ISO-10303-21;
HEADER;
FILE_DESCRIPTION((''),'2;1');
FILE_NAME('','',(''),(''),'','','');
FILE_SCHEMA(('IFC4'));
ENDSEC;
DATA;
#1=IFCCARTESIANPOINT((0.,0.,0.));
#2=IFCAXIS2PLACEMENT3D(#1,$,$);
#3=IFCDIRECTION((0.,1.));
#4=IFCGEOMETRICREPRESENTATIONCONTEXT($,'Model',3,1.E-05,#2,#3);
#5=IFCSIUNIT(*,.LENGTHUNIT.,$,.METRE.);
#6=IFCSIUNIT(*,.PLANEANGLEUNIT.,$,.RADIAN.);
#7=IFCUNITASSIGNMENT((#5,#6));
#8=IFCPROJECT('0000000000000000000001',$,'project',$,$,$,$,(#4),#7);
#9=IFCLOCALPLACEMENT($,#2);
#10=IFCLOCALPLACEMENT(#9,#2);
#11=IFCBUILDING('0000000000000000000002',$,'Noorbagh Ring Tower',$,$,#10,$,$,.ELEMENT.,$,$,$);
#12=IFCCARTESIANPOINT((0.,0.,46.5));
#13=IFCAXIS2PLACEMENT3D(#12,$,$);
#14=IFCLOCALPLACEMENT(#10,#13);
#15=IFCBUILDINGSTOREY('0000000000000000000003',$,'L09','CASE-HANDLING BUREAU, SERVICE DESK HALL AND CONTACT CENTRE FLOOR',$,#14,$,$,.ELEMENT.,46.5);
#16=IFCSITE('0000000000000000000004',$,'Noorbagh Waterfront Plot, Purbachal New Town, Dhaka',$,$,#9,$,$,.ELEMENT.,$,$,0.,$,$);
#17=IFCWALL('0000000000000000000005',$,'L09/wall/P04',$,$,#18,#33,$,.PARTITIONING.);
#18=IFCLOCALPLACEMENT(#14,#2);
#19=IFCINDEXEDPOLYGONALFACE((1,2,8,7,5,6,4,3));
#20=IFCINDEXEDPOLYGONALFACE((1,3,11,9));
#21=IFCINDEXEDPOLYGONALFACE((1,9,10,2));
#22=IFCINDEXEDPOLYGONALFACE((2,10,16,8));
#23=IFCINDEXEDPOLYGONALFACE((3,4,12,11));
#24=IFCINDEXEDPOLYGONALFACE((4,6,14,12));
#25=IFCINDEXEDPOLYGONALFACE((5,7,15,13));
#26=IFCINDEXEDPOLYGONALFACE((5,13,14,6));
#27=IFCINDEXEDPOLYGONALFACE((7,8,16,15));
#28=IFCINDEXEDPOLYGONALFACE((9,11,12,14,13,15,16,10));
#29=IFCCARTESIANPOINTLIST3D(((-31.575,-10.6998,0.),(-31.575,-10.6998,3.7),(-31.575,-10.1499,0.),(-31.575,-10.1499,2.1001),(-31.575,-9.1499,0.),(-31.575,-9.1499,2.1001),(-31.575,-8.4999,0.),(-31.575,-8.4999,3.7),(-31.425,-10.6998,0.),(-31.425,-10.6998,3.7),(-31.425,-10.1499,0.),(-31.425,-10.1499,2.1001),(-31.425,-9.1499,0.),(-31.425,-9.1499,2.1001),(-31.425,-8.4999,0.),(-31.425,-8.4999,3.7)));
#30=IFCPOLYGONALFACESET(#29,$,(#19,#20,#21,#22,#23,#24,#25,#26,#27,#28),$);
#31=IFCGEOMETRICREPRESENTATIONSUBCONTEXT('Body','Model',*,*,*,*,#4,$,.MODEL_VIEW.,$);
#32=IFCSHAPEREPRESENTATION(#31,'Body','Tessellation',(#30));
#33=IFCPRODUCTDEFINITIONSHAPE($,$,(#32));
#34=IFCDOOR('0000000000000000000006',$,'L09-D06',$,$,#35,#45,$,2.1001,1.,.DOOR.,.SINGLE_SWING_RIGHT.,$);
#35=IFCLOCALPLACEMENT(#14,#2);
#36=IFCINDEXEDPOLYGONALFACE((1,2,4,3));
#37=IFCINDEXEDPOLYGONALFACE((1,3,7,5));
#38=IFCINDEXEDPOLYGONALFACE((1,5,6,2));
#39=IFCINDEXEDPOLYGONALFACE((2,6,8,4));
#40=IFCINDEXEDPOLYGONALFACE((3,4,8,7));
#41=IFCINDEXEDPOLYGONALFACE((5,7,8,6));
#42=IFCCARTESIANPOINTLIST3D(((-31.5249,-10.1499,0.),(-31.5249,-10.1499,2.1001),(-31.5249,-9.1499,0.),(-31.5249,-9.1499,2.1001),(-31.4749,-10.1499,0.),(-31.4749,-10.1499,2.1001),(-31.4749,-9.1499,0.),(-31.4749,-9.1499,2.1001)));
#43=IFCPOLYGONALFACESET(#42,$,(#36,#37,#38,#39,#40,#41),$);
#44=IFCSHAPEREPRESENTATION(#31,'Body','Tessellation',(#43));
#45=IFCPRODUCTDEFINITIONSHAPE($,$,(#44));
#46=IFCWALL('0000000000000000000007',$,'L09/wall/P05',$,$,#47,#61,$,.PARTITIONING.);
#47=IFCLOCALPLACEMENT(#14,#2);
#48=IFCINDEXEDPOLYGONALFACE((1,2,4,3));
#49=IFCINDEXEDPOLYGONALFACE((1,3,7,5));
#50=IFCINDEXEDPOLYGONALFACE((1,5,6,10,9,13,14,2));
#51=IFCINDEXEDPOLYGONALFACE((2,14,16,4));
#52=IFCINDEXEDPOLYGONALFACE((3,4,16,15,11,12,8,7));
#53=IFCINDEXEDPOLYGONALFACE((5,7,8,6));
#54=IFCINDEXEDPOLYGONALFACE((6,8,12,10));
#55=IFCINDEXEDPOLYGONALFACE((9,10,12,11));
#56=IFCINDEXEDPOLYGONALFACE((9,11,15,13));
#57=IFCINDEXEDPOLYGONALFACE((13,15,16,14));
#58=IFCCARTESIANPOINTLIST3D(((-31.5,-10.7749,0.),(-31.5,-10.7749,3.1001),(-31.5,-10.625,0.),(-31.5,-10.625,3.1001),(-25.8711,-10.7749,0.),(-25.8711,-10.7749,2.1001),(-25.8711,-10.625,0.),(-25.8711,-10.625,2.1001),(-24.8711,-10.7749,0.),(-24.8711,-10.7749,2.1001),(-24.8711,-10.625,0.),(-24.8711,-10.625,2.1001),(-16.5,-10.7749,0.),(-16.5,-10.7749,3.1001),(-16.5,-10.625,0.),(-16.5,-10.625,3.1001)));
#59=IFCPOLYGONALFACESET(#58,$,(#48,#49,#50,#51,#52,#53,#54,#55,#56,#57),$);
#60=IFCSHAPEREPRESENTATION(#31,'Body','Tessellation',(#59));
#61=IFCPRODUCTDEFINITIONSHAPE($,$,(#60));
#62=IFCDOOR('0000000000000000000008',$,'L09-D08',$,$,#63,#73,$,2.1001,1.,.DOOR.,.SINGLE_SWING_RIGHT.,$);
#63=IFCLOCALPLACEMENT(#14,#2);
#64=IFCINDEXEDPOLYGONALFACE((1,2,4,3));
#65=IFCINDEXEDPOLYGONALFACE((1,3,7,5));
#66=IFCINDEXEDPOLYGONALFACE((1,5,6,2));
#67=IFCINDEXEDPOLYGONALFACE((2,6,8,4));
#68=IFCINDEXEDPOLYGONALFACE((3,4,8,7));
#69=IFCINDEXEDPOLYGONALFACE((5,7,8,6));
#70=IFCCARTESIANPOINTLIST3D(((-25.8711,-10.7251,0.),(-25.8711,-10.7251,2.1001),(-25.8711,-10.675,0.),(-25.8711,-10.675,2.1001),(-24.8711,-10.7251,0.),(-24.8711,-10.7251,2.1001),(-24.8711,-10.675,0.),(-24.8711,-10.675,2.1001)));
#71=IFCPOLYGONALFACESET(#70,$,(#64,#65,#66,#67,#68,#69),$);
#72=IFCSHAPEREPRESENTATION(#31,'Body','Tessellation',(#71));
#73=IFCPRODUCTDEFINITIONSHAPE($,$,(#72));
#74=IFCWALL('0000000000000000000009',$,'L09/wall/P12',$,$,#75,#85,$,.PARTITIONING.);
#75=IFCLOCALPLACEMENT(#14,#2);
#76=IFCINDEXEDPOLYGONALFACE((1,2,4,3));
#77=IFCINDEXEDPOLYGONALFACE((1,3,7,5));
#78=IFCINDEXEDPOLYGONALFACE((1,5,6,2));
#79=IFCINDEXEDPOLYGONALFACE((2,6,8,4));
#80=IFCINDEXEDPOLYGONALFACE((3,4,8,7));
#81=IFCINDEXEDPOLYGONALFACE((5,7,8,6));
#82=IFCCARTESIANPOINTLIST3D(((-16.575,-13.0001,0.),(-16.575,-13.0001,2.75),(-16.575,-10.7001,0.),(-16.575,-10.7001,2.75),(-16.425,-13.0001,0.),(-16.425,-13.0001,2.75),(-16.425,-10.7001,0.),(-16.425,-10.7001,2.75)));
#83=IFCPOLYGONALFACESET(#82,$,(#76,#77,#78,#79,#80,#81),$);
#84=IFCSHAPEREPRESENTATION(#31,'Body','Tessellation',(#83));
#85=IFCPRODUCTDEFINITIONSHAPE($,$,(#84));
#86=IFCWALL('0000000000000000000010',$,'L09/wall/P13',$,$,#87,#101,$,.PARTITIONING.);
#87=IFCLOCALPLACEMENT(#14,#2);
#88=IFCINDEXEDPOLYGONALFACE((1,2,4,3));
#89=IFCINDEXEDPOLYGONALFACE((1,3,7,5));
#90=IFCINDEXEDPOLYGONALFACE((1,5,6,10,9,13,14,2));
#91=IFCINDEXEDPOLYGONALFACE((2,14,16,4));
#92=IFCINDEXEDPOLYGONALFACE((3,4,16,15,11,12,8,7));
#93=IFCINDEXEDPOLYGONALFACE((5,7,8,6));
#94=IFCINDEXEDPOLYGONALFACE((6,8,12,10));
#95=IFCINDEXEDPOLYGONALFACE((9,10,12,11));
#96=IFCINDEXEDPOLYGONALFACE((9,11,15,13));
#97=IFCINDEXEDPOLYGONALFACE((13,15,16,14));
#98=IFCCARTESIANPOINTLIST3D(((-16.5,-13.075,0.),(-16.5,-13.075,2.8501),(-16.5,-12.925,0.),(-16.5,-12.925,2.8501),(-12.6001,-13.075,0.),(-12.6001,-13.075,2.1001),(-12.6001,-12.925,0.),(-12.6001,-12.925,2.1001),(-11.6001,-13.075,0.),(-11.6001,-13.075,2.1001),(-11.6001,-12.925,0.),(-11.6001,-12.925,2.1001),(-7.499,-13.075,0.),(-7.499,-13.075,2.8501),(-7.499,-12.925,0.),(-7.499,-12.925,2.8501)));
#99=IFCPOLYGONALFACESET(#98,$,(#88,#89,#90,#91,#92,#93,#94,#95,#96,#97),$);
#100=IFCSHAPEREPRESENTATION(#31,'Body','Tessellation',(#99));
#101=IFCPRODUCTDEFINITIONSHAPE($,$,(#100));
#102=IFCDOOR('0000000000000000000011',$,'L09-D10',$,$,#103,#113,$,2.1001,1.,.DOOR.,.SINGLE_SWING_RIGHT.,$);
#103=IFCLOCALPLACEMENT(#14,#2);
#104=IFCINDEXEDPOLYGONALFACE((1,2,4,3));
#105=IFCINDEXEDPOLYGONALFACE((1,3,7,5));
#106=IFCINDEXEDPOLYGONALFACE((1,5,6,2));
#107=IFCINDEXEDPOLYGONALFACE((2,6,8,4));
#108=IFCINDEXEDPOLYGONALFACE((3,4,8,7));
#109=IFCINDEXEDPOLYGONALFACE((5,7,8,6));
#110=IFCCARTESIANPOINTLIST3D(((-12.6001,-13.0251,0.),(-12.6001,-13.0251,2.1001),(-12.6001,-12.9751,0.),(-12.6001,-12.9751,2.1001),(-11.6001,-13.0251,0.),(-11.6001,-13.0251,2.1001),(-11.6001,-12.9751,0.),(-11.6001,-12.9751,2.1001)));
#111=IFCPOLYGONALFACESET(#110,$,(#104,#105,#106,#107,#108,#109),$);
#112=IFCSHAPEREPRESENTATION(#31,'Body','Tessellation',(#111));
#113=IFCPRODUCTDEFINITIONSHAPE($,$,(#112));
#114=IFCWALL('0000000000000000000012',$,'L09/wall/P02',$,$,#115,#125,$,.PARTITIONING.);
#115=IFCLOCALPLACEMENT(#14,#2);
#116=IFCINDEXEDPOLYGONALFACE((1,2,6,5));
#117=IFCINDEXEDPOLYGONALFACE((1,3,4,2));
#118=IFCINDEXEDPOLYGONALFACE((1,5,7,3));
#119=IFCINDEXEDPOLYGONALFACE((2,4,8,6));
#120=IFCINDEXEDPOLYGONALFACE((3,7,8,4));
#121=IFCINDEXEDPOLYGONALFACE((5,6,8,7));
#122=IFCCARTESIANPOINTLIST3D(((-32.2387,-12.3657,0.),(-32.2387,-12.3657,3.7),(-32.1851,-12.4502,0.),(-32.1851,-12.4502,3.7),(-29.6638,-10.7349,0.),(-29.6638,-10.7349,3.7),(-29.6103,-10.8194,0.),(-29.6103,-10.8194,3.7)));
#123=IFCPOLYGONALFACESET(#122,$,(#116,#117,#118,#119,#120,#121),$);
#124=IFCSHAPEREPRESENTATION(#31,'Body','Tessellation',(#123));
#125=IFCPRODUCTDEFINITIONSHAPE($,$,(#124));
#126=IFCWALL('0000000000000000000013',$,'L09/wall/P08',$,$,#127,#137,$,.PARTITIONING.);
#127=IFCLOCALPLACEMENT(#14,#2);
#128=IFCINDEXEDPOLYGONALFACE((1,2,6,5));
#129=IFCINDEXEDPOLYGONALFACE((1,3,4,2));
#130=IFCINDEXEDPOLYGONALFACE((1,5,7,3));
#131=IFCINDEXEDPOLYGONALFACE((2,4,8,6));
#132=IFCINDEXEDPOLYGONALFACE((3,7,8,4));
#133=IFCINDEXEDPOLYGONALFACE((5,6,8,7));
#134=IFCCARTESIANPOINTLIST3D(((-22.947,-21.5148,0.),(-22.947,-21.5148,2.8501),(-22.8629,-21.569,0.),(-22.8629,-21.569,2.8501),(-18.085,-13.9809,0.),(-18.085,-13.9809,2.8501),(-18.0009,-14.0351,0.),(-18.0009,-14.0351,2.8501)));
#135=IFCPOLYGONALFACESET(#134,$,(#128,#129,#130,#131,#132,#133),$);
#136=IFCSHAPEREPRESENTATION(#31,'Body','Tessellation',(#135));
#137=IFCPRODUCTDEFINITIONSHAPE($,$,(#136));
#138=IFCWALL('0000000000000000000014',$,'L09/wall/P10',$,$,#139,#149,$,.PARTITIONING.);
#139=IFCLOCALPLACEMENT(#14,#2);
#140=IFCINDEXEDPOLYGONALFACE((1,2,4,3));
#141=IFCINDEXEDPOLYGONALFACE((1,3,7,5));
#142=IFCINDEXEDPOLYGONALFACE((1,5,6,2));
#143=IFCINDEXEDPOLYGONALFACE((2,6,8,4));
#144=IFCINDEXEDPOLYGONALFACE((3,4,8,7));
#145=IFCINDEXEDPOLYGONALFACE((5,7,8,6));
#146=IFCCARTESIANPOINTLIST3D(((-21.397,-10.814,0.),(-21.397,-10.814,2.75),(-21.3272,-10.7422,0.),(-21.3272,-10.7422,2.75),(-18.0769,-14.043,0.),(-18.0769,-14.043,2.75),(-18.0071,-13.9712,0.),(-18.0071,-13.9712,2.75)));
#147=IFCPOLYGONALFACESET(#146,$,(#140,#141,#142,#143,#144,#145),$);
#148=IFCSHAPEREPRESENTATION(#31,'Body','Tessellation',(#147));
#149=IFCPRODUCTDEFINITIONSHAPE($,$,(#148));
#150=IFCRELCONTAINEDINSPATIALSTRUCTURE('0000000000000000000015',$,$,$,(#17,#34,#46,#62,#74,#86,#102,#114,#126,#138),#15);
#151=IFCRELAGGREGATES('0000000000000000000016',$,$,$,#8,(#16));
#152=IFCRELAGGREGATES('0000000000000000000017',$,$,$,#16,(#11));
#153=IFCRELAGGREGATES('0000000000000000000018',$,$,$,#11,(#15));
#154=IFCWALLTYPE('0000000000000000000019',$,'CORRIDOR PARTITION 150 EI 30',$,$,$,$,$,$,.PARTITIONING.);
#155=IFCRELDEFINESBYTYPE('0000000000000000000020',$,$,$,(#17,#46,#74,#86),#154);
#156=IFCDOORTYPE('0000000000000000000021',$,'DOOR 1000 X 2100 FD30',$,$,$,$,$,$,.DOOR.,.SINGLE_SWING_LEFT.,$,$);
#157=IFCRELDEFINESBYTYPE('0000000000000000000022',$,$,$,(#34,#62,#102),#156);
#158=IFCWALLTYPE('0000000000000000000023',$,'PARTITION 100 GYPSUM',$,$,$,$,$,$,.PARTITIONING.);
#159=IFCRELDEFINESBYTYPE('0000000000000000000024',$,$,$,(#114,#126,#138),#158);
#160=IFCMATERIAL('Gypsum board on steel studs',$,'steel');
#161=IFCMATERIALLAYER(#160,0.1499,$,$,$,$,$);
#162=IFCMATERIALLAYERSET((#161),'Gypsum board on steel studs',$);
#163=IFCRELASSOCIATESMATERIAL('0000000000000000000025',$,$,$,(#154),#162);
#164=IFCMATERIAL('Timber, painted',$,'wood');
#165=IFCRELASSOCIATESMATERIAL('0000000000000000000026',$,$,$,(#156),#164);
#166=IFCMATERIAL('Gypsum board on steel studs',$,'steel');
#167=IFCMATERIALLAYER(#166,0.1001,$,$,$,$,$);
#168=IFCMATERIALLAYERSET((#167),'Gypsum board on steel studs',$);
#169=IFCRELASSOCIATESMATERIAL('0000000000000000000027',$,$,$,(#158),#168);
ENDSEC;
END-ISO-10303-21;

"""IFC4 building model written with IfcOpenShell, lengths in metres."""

from ifc_helpers import new_model, si_unit, direction, frame, frame_2d, origin, place, context, subcontext, project, spatial, rectangle, extrude, material, layer, layer_set, type_object, element, fill, save


model = new_model("IFC4")

# Units and contexts
model_context = context("Model", 3, precision=1e-05, world=origin(), true_north=direction((0.0, 1.0)))
body_context = subcontext(model_context, "Body", "Model", "MODEL_VIEW")
ifc_project = project(units=[si_unit("LENGTHUNIT", "METRE"), si_unit("PLANEANGLEUNIT", "RADIAN")], contexts=[model_context])

# Site, building, storey
site_placement = place(None, origin())
site = spatial("IfcSite", under=ifc_project, at=site_placement, Name="Noorbagh Waterfront Plot, Purbachal New Town, Dhaka", CompositionType="ELEMENT", RefElevation=0.0)
building_placement = place(site_placement, origin())
building = spatial("IfcBuilding", under=site, at=building_placement, Name="Noorbagh Ring Tower", CompositionType="ELEMENT")
storey_placement = place(building_placement, frame((0.0, 0.0, 46.5)))
storey = spatial("IfcBuildingStorey", under=building, at=storey_placement, Name="L09", Description="CASE-HANDLING BUREAU, SERVICE DESK HALL AND CONTACT CENTRE FLOOR", CompositionType="ELEMENT", Elevation=46.5)

# Walls, openings, doors
ifc_material_1 = material(Name="Gypsum board on steel studs", Category="steel")
ifc_layer_1 = layer(ifc_material_1, 0.1499)
ifc_layer_set_1 = layer_set([ifc_layer_1], Name="Gypsum board on steel studs")
wall_type_1 = type_object("IfcWallType", Name="CORRIDOR PARTITION 150 EI 30", PredefinedType="PARTITIONING", material=ifc_layer_set_1)
wall_1_placement = place(storey_placement, frame((-31.5, -10.7, 0.0), z_axis=(0.0, 0.0, 1.0), x_axis=(0.0, 1.0, 0.0)))
wall_1 = element("IfcWall", 1, at=wall_1_placement, inside=storey, type_object=wall_type_1, Name="L09/wall/P04", PredefinedType="PARTITIONING", context=body_context, shape_type="SweptSolid", body=[
    extrude(rectangle(XDim=2.2, YDim=0.1499, at=frame_2d((1.1001, 0.0))), origin(), (0.0, 0.0, 1.0), 3.7),
])
opening_1_placement = place(wall_1_placement, frame((0.55, 0.0, 0.0)))
opening_1 = element("IfcOpeningElement", 2, at=opening_1_placement, cuts=wall_1, PredefinedType="OPENING", context=body_context, shape_type="SweptSolid", body=[
    extrude(rectangle(XDim=1.0, YDim=2.1001, at=frame_2d((0.5, 1.05))), frame((0.0, 0.085, 0.0), z_axis=(0.0, -1.0, 0.0), x_axis=(1.0, 0.0, 0.0)), (0.0, 0.0, 1.0), 0.1699),
])
ifc_material_2 = material(Name="Timber, painted", Category="wood")
door_type = type_object("IfcDoorType", Name="DOOR 1000 X 2100 FD30", OperationType="SINGLE_SWING_LEFT", PredefinedType="DOOR", material=ifc_material_2)
door_1_placement = place(opening_1_placement, origin())
door_1 = element("IfcDoor", 3, at=door_1_placement, inside=storey, type_object=door_type, Name="L09-D06", OperationType="SINGLE_SWING_RIGHT", OverallHeight=2.1001, OverallWidth=1.0, PredefinedType="DOOR", context=body_context, shape_type="SweptSolid", body=[
    extrude(rectangle(XDim=1.0, YDim=2.1001, at=frame_2d((0.5, 1.05))), frame((0.0, 0.0249, 0.0), z_axis=(0.0, -1.0, 0.0), x_axis=(1.0, 0.0, 0.0)), (0.0, 0.0, 1.0), 0.05),
])
fill(opening_1, door_1)
wall_2_placement = place(storey_placement, frame((-31.5, -10.7, 0.0), z_axis=(0.0, 0.0, 1.0), x_axis=(1.0, 0.0, 0.0)))
wall_2 = element("IfcWall", 4, at=wall_2_placement, inside=storey, type_object=wall_type_1, Name="L09/wall/P05", PredefinedType="PARTITIONING", context=body_context, shape_type="SweptSolid", body=[
    extrude(rectangle(XDim=15.0, YDim=0.1499, at=frame_2d((7.5, 0.0))), origin(), (0.0, 0.0, 1.0), 3.1001),
])
opening_2_placement = place(wall_2_placement, frame((5.6289, 0.0, 0.0)))
opening_2 = element("IfcOpeningElement", 5, at=opening_2_placement, cuts=wall_2, PredefinedType="OPENING", context=body_context, shape_type="SweptSolid", body=[
    extrude(rectangle(XDim=1.0, YDim=2.1001, at=frame_2d((0.5, 1.05))), frame((0.0, 0.085, 0.0), z_axis=(0.0, -1.0, 0.0), x_axis=(1.0, 0.0, 0.0)), (0.0, 0.0, 1.0), 0.1699),
])
door_2_placement = place(opening_2_placement, origin())
door_2 = element("IfcDoor", 6, at=door_2_placement, inside=storey, type_object=door_type, Name="L09-D08", OperationType="SINGLE_SWING_RIGHT", OverallHeight=2.1001, OverallWidth=1.0, PredefinedType="DOOR", context=body_context, shape_type="SweptSolid", body=[
    extrude(rectangle(XDim=1.0, YDim=2.1001, at=frame_2d((0.5, 1.05))), frame((0.0, 0.0249, 0.0), z_axis=(0.0, -1.0, 0.0), x_axis=(1.0, 0.0, 0.0)), (0.0, 0.0, 1.0), 0.05),
])
fill(opening_2, door_2)

# Wall
wall_3_placement = place(storey_placement, frame((-16.5, -13.0, 0.0), z_axis=(0.0, 0.0, 1.0), x_axis=(0.0, 1.0, 0.0)))
element("IfcWall", 7, at=wall_3_placement, inside=storey, type_object=wall_type_1, Name="L09/wall/P12", PredefinedType="PARTITIONING", context=body_context, shape_type="SweptSolid", body=[
    extrude(rectangle(XDim=2.3, YDim=0.1499, at=frame_2d((1.1499, 0.0))), origin(), (0.0, 0.0, 1.0), 2.75),
])

# Wall, opening, door
wall_4_placement = place(storey_placement, frame((-16.5, -13.0, 0.0), z_axis=(0.0, 0.0, 1.0), x_axis=(1.0, 0.0, 0.0)))
wall_4 = element("IfcWall", 8, at=wall_4_placement, inside=storey, type_object=wall_type_1, Name="L09/wall/P13", PredefinedType="PARTITIONING", context=body_context, shape_type="SweptSolid", body=[
    extrude(rectangle(XDim=9.001, YDim=0.1499, at=frame_2d((4.5005, 0.0))), origin(), (0.0, 0.0, 1.0), 2.8501),
])
opening_3_placement = place(wall_4_placement, frame((3.8999, 0.0, 0.0)))
opening_3 = element("IfcOpeningElement", 9, at=opening_3_placement, cuts=wall_4, PredefinedType="OPENING", context=body_context, shape_type="SweptSolid", body=[
    extrude(rectangle(XDim=1.0, YDim=2.1001, at=frame_2d((0.5, 1.05))), frame((0.0, 0.085, 0.0), z_axis=(0.0, -1.0, 0.0), x_axis=(1.0, 0.0, 0.0)), (0.0, 0.0, 1.0), 0.1699),
])
door_3_placement = place(opening_3_placement, origin())
door_3 = element("IfcDoor", 10, at=door_3_placement, inside=storey, type_object=door_type, Name="L09-D10", OperationType="SINGLE_SWING_RIGHT", OverallHeight=2.1001, OverallWidth=1.0, PredefinedType="DOOR", context=body_context, shape_type="SweptSolid", body=[
    extrude(rectangle(XDim=1.0, YDim=2.1001, at=frame_2d((0.5, 1.05))), frame((0.0, 0.0249, 0.0), z_axis=(0.0, -1.0, 0.0), x_axis=(1.0, 0.0, 0.0)), (0.0, 0.0, 1.0), 0.05),
])
fill(opening_3, door_3)

# Walls
ifc_material_3 = material(Name="Gypsum board on steel studs", Category="steel")
ifc_layer_2 = layer(ifc_material_3, 0.1001)
ifc_layer_set_2 = layer_set([ifc_layer_2], Name="Gypsum board on steel studs")
wall_type_2 = type_object("IfcWallType", Name="PARTITION 100 GYPSUM", PredefinedType="PARTITIONING", material=ifc_layer_set_2)
wall_5_placement = place(storey_placement, frame((-32.2119, -12.408, 0.0), z_axis=(0.0, 0.0, 1.0), x_axis=(0.844811, 0.535065, 0.0)))
element("IfcWall", 11, at=wall_5_placement, inside=storey, type_object=wall_type_2, Name="L09/wall/P02", PredefinedType="PARTITIONING", context=body_context, shape_type="SweptSolid", body=[
    extrude(rectangle(XDim=3.0479, YDim=0.1001, at=frame_2d((1.5239, 0.0))), origin(), (0.0, 0.0, 1.0), 3.7),
])
wall_6_placement = place(storey_placement, frame((-22.905, -21.542, 0.0), z_axis=(0.0, 0.0, 1.0), x_axis=(0.542242, 0.840223, 0.0)))
element("IfcWall", 12, at=wall_6_placement, inside=storey, type_object=wall_type_2, Name="L09/wall/P08", PredefinedType="PARTITIONING", context=body_context, shape_type="SweptSolid", body=[
    extrude(rectangle(XDim=8.9666, YDim=0.1001, at=frame_2d((4.4834, 0.0))), origin(), (0.0, 0.0, 1.0), 2.8501),
])
wall_7_placement = place(storey_placement, frame((-21.3621, -10.7781, 0.0), z_axis=(0.0, 0.0, 1.0), x_axis=(0.71687, -0.697207, 0.0)))
element("IfcWall", 13, at=wall_7_placement, inside=storey, type_object=wall_type_2, Name="L09/wall/P10", PredefinedType="PARTITIONING", context=body_context, shape_type="SweptSolid", body=[
    extrude(rectangle(XDim=4.6313, YDim=0.1001, at=frame_2d((2.3157, 0.0))), origin(), (0.0, 0.0, 1.0), 2.75),
])

save(model, "model.ifc")
